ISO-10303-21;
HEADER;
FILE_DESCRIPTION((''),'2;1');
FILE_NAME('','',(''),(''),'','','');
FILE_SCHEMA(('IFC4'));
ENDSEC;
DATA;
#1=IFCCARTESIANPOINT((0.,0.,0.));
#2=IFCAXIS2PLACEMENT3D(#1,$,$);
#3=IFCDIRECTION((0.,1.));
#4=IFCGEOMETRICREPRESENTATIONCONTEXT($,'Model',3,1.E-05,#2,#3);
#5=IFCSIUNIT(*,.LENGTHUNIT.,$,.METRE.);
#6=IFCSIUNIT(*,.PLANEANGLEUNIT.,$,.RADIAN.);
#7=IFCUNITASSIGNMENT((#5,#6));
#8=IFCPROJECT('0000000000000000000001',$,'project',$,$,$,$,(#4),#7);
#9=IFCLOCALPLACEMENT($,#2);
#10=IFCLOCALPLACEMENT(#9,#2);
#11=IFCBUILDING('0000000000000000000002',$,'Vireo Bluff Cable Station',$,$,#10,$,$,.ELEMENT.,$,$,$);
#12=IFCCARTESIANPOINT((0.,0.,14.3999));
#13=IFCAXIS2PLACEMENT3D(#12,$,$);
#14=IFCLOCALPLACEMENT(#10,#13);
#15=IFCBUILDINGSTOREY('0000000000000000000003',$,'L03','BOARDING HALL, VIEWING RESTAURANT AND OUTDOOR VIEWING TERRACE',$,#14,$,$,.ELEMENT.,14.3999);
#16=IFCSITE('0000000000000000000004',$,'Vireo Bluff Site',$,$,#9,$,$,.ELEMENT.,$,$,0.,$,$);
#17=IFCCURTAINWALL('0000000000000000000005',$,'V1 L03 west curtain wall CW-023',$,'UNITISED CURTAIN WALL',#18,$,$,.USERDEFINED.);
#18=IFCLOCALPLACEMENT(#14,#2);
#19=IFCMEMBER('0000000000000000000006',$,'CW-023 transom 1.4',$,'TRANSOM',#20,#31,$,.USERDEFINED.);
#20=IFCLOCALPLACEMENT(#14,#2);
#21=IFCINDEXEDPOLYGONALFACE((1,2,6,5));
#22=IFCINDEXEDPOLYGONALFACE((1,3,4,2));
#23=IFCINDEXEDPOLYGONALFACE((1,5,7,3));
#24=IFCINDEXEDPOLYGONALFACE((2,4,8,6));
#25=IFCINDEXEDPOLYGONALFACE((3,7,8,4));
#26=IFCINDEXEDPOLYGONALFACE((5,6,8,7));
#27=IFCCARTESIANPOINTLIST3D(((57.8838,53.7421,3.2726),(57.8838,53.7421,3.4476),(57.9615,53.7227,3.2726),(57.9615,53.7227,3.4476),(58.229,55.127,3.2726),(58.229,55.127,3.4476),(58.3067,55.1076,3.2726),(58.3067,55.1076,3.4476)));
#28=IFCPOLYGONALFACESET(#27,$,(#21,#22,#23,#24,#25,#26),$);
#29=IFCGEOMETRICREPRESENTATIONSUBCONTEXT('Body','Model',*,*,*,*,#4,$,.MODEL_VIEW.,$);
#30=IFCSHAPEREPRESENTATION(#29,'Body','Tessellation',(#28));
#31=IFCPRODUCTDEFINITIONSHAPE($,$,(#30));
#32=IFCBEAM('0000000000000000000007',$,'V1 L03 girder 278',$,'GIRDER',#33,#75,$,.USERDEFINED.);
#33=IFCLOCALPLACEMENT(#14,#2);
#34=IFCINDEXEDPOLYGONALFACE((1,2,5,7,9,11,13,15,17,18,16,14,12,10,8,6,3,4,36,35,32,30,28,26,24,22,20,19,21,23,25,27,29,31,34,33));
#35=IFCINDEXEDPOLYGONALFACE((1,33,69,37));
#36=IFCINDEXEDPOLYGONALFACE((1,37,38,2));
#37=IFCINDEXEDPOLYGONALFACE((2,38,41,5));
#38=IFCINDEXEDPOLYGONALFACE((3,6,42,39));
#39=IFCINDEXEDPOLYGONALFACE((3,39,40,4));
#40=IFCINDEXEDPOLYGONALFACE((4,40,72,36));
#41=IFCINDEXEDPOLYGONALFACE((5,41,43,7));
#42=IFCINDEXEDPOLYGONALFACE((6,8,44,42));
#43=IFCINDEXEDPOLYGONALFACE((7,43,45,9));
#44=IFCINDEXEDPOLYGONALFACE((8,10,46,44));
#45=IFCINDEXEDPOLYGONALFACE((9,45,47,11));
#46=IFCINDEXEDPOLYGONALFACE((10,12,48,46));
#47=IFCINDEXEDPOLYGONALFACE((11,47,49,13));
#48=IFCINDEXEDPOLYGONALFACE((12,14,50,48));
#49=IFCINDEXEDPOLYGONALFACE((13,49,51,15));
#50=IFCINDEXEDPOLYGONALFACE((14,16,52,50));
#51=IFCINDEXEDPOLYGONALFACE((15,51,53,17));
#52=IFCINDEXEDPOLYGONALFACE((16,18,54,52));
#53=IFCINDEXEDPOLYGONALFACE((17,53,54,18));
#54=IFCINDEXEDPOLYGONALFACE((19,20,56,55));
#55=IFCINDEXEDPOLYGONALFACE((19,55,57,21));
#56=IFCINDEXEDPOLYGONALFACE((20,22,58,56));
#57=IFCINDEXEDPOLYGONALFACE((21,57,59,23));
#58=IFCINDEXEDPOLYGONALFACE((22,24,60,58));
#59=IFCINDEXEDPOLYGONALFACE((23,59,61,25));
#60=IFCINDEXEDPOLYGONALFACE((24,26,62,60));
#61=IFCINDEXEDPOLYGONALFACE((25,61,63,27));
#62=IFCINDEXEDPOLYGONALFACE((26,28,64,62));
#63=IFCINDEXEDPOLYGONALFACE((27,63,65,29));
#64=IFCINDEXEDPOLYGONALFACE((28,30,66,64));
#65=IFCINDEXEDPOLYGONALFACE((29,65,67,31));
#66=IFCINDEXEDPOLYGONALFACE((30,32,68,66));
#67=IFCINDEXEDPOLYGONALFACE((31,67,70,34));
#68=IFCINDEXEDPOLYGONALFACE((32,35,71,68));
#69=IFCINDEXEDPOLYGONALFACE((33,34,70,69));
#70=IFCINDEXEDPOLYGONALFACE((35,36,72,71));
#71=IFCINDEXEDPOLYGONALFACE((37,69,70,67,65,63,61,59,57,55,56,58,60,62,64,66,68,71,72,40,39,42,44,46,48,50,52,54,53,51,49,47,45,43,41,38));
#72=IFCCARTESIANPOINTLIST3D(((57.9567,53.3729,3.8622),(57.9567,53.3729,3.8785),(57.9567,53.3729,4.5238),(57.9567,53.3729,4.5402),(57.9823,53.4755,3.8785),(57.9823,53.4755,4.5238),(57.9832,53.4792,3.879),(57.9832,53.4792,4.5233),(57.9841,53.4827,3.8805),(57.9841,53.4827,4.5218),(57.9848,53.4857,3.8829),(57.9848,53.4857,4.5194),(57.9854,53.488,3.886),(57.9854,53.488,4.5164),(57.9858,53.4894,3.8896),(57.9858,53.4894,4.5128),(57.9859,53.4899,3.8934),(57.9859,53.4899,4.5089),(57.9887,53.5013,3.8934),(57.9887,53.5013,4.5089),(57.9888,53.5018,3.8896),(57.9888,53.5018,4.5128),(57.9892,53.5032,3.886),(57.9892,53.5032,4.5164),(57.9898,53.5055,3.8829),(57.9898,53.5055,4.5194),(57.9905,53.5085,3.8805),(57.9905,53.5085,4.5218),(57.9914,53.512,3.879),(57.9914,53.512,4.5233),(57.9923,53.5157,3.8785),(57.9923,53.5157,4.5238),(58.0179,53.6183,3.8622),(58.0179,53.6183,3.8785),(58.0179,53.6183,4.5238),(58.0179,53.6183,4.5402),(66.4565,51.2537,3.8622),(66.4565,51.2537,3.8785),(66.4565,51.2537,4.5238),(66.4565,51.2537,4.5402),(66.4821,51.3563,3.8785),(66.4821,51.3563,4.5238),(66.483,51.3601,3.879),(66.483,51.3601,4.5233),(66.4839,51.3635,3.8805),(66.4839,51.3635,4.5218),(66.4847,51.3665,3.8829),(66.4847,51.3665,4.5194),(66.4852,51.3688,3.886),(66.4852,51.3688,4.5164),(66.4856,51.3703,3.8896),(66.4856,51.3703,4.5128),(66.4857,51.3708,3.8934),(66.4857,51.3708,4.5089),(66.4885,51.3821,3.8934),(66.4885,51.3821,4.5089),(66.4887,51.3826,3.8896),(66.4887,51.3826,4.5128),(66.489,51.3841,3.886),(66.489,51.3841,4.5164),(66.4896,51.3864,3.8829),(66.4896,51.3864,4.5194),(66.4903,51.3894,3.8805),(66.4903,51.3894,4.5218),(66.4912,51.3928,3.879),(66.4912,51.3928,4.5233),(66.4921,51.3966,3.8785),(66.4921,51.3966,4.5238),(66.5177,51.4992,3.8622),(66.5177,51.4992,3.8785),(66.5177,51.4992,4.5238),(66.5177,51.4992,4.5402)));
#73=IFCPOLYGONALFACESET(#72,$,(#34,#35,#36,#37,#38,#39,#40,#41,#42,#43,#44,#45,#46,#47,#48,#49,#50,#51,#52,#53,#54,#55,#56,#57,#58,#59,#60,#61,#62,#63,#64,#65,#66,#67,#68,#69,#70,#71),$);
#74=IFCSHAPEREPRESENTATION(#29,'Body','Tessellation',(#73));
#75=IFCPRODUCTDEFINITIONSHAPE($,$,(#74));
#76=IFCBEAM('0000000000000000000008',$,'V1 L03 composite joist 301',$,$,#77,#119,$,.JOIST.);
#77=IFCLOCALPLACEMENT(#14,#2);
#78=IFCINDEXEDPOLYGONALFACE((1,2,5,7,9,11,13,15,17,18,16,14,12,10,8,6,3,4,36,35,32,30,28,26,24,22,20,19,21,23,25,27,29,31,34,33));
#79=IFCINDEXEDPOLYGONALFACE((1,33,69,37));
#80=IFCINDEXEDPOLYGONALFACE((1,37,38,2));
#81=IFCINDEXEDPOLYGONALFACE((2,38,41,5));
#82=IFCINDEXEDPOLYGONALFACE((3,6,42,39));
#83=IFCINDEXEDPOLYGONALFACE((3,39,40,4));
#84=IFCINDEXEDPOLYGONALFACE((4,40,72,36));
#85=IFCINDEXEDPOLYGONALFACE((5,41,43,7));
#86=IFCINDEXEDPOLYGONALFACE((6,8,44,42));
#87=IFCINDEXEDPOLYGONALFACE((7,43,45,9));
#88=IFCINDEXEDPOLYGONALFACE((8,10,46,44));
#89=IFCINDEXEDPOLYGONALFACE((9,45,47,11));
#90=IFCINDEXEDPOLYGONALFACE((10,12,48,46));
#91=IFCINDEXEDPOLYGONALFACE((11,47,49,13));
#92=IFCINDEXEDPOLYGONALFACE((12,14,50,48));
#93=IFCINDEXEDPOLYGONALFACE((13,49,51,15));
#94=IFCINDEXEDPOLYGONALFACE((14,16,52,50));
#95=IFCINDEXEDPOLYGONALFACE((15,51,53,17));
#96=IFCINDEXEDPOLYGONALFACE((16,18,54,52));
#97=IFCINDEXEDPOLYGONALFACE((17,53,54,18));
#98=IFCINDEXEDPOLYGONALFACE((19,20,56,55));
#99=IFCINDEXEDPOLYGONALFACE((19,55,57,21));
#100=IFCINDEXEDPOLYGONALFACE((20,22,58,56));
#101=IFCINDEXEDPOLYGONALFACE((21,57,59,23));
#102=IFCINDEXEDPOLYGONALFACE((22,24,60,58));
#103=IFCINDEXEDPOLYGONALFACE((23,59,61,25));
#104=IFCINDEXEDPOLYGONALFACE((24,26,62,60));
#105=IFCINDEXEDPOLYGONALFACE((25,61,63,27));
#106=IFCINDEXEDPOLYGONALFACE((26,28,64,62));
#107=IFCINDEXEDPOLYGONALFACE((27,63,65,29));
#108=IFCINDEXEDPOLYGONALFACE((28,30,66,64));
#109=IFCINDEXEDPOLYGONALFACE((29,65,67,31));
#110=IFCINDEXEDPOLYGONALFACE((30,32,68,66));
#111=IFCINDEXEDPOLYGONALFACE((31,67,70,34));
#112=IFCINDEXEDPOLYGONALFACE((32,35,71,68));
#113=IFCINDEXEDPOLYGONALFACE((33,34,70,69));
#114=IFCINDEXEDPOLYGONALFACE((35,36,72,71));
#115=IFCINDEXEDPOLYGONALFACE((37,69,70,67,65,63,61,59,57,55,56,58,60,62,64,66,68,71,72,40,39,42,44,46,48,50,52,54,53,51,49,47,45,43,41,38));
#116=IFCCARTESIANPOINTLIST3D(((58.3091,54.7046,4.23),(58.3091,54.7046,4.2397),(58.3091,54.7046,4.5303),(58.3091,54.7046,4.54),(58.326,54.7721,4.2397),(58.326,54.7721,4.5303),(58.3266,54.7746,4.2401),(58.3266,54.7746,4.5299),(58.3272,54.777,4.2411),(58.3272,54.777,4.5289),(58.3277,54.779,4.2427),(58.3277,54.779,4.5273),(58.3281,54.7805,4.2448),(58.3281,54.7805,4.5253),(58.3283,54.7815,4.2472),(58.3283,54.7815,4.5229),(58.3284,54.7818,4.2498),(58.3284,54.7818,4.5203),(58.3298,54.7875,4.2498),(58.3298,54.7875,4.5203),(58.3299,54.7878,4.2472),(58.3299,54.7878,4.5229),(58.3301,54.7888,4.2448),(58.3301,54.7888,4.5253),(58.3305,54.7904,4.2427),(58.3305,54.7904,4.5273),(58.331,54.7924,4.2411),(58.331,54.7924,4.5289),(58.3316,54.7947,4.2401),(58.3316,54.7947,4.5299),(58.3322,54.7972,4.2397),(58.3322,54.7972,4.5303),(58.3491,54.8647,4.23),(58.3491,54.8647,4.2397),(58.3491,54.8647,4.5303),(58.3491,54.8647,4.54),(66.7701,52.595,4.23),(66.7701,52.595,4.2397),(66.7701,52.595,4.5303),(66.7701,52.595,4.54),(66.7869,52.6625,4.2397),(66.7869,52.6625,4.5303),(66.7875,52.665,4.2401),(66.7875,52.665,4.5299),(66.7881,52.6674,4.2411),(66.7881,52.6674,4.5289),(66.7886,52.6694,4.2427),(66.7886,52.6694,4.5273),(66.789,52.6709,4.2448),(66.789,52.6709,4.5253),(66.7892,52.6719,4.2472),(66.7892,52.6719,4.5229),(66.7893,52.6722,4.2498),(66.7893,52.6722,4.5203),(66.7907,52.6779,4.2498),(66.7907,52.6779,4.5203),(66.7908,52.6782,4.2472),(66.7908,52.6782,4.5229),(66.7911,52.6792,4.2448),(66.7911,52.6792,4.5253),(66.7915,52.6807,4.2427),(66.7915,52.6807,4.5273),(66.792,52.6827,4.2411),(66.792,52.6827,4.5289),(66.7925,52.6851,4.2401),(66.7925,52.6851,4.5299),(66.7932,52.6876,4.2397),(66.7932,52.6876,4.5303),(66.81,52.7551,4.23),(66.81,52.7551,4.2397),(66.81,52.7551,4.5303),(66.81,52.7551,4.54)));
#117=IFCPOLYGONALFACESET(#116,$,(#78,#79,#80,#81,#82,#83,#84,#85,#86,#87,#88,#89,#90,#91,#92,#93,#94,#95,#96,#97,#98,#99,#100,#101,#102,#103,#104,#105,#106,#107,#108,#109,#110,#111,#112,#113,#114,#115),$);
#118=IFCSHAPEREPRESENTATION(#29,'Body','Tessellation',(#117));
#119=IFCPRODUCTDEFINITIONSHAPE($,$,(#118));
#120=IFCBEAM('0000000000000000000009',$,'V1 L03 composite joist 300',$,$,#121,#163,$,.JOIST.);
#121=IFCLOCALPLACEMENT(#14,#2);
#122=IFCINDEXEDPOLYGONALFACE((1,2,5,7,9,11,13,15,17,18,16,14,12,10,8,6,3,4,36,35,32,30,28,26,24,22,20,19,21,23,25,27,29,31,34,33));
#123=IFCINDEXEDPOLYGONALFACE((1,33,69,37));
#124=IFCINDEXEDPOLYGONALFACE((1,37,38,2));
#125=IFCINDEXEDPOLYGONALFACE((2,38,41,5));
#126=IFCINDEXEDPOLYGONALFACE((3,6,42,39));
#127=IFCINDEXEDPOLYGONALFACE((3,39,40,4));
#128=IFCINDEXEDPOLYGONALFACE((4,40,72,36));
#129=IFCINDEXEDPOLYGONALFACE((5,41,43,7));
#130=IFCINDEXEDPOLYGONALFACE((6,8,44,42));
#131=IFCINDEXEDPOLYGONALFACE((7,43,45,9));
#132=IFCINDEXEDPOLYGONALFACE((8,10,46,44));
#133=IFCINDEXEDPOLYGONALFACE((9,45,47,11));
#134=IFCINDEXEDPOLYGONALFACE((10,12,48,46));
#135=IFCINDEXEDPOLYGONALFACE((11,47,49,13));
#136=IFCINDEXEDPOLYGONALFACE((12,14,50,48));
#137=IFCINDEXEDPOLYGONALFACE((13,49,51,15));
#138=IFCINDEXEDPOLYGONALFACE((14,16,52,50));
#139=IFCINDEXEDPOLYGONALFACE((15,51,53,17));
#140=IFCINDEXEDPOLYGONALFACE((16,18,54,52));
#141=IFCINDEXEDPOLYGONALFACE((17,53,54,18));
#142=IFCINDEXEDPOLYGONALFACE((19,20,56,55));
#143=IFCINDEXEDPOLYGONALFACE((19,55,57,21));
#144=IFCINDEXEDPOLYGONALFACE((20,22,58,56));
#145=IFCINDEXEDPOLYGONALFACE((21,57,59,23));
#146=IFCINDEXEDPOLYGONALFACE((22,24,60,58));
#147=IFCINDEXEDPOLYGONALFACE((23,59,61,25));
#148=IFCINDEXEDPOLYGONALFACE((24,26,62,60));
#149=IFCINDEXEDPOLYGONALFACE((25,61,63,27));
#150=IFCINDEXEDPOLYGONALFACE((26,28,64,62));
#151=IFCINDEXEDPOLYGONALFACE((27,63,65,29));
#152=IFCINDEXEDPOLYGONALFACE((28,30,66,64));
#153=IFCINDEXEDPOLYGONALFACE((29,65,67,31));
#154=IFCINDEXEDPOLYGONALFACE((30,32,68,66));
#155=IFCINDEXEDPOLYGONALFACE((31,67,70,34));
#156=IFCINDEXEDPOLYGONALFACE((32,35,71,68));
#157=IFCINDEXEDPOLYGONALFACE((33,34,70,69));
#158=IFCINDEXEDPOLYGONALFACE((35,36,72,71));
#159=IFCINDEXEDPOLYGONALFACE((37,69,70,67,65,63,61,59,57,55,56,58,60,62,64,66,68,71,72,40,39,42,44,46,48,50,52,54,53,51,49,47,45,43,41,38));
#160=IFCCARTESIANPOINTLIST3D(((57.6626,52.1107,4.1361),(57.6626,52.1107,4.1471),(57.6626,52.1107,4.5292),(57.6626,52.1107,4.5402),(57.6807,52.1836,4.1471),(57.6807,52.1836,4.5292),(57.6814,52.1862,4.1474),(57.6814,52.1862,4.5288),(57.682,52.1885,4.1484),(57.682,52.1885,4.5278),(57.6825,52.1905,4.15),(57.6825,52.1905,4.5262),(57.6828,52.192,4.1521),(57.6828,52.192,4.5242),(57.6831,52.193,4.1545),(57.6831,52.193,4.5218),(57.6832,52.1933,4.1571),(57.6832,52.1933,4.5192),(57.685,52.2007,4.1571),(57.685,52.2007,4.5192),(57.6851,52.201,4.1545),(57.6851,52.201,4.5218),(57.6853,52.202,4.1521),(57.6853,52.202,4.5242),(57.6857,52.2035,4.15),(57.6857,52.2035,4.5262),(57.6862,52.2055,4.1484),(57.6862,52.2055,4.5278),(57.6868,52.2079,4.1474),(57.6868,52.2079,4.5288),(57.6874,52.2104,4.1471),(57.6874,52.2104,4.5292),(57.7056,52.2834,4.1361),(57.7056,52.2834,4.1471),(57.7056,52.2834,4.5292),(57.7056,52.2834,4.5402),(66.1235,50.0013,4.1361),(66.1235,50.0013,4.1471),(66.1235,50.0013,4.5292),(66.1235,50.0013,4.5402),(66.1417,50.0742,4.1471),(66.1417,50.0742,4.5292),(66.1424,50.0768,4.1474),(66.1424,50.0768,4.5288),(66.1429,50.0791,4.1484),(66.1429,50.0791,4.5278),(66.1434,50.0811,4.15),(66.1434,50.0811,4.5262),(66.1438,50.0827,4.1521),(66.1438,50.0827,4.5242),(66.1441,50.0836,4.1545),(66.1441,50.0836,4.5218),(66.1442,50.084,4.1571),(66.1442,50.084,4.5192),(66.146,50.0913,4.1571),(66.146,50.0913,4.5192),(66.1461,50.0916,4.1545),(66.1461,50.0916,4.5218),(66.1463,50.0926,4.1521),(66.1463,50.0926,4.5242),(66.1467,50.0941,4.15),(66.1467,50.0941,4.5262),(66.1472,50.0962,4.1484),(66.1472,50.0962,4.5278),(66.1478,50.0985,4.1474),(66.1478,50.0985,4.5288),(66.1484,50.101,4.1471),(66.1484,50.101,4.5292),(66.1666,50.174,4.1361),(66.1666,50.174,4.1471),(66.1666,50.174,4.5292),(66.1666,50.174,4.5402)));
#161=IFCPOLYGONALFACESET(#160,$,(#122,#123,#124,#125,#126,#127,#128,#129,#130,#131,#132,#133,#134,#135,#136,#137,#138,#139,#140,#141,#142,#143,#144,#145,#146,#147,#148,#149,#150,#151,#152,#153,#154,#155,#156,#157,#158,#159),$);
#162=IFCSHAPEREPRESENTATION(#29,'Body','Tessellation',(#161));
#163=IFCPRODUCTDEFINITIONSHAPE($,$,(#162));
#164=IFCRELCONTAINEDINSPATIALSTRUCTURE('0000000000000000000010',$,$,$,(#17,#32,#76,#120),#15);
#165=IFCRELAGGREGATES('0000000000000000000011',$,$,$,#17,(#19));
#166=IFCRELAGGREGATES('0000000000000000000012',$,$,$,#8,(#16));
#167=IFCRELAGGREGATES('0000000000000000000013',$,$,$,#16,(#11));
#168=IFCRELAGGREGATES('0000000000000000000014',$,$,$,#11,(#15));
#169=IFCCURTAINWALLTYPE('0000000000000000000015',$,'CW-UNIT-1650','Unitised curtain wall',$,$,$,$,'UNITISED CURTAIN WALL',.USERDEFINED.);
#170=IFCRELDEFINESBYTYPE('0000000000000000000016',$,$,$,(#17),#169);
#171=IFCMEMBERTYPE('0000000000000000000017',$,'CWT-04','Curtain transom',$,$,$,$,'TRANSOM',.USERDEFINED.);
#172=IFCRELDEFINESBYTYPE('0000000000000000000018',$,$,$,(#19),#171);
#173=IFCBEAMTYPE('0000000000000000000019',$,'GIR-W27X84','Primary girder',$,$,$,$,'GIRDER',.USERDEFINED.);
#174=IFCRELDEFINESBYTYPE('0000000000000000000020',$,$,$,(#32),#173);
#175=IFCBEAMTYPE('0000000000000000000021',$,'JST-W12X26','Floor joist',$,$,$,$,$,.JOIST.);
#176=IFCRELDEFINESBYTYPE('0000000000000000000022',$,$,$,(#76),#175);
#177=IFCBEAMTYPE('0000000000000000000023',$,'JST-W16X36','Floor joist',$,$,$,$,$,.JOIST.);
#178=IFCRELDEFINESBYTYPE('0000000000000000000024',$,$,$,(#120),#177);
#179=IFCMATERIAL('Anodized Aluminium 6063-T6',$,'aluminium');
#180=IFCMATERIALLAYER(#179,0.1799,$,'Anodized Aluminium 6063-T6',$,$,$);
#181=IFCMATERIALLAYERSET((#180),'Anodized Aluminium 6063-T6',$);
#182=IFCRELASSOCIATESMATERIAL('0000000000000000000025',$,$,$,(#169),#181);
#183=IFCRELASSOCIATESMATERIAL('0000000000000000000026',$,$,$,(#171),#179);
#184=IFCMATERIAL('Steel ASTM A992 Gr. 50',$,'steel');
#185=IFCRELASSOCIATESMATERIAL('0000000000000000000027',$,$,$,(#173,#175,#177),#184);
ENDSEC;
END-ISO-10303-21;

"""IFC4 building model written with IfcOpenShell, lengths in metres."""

from ifc_helpers import new_model, si_unit, direction, frame, origin, origin_2d, place, context, subcontext, project, spatial, rectangle, i_section, extrude, material, layer, layer_set, material_profile, profile_set, type_object, element, aggregate, save


model = new_model("IFC4")

# Units and contexts
model_context = context("Model", 3, precision=1e-05, world=origin(), true_north=direction((0.0, 1.0)))
body_context = subcontext(model_context, "Body", "Model", "MODEL_VIEW")
ifc_project = project(units=[si_unit("LENGTHUNIT", "METRE"), si_unit("PLANEANGLEUNIT", "RADIAN")], contexts=[model_context])

# Site, building, storey
site_placement = place(None, origin())
site = spatial("IfcSite", under=ifc_project, at=site_placement, Name="Vireo Bluff Site", CompositionType="ELEMENT", RefElevation=0.0)
building_placement = place(site_placement, origin())
building = spatial("IfcBuilding", under=site, at=building_placement, Name="Vireo Bluff Cable Station", CompositionType="ELEMENT")
storey_placement = place(building_placement, frame((0.0, 0.0, 14.3999)))
storey = spatial("IfcBuildingStorey", under=building, at=storey_placement, Name="L03", Description="BOARDING HALL, VIEWING RESTAURANT AND OUTDOOR VIEWING TERRACE", CompositionType="ELEMENT", Elevation=14.3999)

# Shared definitions
ifc_material_1 = material(Name="Steel ASTM A992 Gr. 50", Category="steel")

# Shared definitions
ifc_material_2 = material(Name="Anodized Aluminium 6063-T6", Category="aluminium")

# Curtain wall
ifc_layer_1 = layer(ifc_material_2, 0.1799, Name="Anodized Aluminium 6063-T6")
ifc_layer_set_1 = layer_set([ifc_layer_1], Name="Anodized Aluminium 6063-T6")
curtain_wall_type_1 = type_object("IfcCurtainWallType", Name="CW-UNIT-1650", Description="Unitised curtain wall", ElementType="UNITISED CURTAIN WALL", PredefinedType="USERDEFINED", material=ifc_layer_set_1)
curtain_wall_1_placement = place(storey_placement, origin())
curtain_wall_1 = element("IfcCurtainWall", 1, at=curtain_wall_1_placement, inside=storey, type_object=curtain_wall_type_1, Name="V1 L03 west curtain wall CW-023", ObjectType="UNITISED CURTAIN WALL", PredefinedType="USERDEFINED")

# Member
ifc_material_profile_1 = material_profile(ifc_material_2, rectangle(XDim=0.0801, YDim=0.175, at=origin_2d()), Name="ALU-T-80X175")
ifc_profile_set_1 = profile_set([ifc_material_profile_1], Name="Anodized Aluminium 6063-T6")
member_type_1 = type_object("IfcMemberType", Name="CWT-04", Description="Curtain transom", ElementType="TRANSOM", PredefinedType="USERDEFINED", material=ifc_profile_set_1)
member_1_placement = place(storey_placement, frame((57.9226, 53.7324, 3.3601), z_axis=(0.241892, 0.970303, 0.0), x_axis=(-0.970303, 0.241892, 0.0)))
member_1 = element("IfcMember", 2, at=member_1_placement, type_object=member_type_1, Name="CW-023 transom 1.4", ObjectType="TRANSOM", PredefinedType="USERDEFINED", context=body_context, shape_type="SweptSolid", body=[
    extrude(rectangle(XDim=0.0801, YDim=0.175, at=origin_2d()), origin(), (0.0, 0.0, 1.0), 1.4272),
])

# Beams
ifc_material_profile_2 = material_profile(ifc_material_1, i_section(OverallWidth=0.2529, OverallDepth=0.678, WebThickness=0.0117, FlangeThickness=0.0164, FilletRadius=0.0149, at=origin_2d()), Name="W27X84")
ifc_profile_set_2 = profile_set([ifc_material_profile_2], Name="Steel ASTM A992 Gr. 50")
beam_type_1 = type_object("IfcBeamType", Name="GIR-W27X84", Description="Primary girder", ElementType="GIRDER", PredefinedType="USERDEFINED", material=ifc_profile_set_2)
beam_1_placement = place(storey_placement, frame((57.9873, 53.4956, 4.2012), z_axis=(0.970298, -0.241913, 0.0), x_axis=(0.241913, 0.970298, 0.0)))
element("IfcBeam", 3, at=beam_1_placement, inside=storey, type_object=beam_type_1, Name="V1 L03 girder 278", ObjectType="GIRDER", PredefinedType="USERDEFINED", context=body_context, shape_type="SweptSolid", body=[
    extrude(i_section(OverallWidth=0.2529, OverallDepth=0.678, WebThickness=0.0117, FlangeThickness=0.0164, FilletRadius=0.0149, at=origin_2d()), origin(), (0.0, 0.0, 1.0), 8.76),
])
ifc_material_profile_3 = material_profile(ifc_material_1, i_section(OverallWidth=0.165, OverallDepth=0.3101, WebThickness=0.0059, FlangeThickness=0.0098, FilletRadius=0.01, at=origin_2d()), Name="W12X26")
ifc_profile_set_3 = profile_set([ifc_material_profile_3], Name="Steel ASTM A992 Gr. 50")
beam_type_2 = type_object("IfcBeamType", Name="JST-W12X26", Description="Floor joist", PredefinedType="JOIST", material=ifc_profile_set_3)
beam_2_placement = place(storey_placement, frame((58.3291, 54.7847, 4.385), z_axis=(0.970294, -0.24193, 0.0), x_axis=(0.24193, 0.970294, 0.0)))
element("IfcBeam", 4, at=beam_2_placement, inside=storey, type_object=beam_type_2, Name="V1 L03 composite joist 301", PredefinedType="JOIST", context=body_context, shape_type="SweptSolid", body=[
    extrude(i_section(OverallWidth=0.165, OverallDepth=0.3101, WebThickness=0.0059, FlangeThickness=0.0098, FilletRadius=0.01, at=origin_2d()), origin(), (0.0, 0.0, 1.0), 8.72),
])
ifc_material_profile_4 = material_profile(ifc_material_1, i_section(OverallWidth=0.178, OverallDepth=0.4041, WebThickness=0.0076, FlangeThickness=0.011, FilletRadius=0.01, at=origin_2d()), Name="W16X36")
ifc_profile_set_4 = profile_set([ifc_material_profile_4], Name="Steel ASTM A992 Gr. 50")
beam_type_3 = type_object("IfcBeamType", Name="JST-W16X36", Description="Floor joist", PredefinedType="JOIST", material=ifc_profile_set_4)
beam_3_placement = place(storey_placement, frame((57.6841, 52.197, 4.3381), z_axis=(0.9703, -0.241903, 0.0), x_axis=(0.241903, 0.9703, 0.0)))
element("IfcBeam", 5, at=beam_3_placement, inside=storey, type_object=beam_type_3, Name="V1 L03 composite joist 300", PredefinedType="JOIST", context=body_context, shape_type="SweptSolid", body=[
    extrude(i_section(OverallWidth=0.178, OverallDepth=0.4041, WebThickness=0.0076, FlangeThickness=0.011, FilletRadius=0.01, at=origin_2d()), origin(), (0.0, 0.0, 1.0), 8.72),
])

aggregate(curtain_wall_1, [member_1])

save(model, "model.ifc")
